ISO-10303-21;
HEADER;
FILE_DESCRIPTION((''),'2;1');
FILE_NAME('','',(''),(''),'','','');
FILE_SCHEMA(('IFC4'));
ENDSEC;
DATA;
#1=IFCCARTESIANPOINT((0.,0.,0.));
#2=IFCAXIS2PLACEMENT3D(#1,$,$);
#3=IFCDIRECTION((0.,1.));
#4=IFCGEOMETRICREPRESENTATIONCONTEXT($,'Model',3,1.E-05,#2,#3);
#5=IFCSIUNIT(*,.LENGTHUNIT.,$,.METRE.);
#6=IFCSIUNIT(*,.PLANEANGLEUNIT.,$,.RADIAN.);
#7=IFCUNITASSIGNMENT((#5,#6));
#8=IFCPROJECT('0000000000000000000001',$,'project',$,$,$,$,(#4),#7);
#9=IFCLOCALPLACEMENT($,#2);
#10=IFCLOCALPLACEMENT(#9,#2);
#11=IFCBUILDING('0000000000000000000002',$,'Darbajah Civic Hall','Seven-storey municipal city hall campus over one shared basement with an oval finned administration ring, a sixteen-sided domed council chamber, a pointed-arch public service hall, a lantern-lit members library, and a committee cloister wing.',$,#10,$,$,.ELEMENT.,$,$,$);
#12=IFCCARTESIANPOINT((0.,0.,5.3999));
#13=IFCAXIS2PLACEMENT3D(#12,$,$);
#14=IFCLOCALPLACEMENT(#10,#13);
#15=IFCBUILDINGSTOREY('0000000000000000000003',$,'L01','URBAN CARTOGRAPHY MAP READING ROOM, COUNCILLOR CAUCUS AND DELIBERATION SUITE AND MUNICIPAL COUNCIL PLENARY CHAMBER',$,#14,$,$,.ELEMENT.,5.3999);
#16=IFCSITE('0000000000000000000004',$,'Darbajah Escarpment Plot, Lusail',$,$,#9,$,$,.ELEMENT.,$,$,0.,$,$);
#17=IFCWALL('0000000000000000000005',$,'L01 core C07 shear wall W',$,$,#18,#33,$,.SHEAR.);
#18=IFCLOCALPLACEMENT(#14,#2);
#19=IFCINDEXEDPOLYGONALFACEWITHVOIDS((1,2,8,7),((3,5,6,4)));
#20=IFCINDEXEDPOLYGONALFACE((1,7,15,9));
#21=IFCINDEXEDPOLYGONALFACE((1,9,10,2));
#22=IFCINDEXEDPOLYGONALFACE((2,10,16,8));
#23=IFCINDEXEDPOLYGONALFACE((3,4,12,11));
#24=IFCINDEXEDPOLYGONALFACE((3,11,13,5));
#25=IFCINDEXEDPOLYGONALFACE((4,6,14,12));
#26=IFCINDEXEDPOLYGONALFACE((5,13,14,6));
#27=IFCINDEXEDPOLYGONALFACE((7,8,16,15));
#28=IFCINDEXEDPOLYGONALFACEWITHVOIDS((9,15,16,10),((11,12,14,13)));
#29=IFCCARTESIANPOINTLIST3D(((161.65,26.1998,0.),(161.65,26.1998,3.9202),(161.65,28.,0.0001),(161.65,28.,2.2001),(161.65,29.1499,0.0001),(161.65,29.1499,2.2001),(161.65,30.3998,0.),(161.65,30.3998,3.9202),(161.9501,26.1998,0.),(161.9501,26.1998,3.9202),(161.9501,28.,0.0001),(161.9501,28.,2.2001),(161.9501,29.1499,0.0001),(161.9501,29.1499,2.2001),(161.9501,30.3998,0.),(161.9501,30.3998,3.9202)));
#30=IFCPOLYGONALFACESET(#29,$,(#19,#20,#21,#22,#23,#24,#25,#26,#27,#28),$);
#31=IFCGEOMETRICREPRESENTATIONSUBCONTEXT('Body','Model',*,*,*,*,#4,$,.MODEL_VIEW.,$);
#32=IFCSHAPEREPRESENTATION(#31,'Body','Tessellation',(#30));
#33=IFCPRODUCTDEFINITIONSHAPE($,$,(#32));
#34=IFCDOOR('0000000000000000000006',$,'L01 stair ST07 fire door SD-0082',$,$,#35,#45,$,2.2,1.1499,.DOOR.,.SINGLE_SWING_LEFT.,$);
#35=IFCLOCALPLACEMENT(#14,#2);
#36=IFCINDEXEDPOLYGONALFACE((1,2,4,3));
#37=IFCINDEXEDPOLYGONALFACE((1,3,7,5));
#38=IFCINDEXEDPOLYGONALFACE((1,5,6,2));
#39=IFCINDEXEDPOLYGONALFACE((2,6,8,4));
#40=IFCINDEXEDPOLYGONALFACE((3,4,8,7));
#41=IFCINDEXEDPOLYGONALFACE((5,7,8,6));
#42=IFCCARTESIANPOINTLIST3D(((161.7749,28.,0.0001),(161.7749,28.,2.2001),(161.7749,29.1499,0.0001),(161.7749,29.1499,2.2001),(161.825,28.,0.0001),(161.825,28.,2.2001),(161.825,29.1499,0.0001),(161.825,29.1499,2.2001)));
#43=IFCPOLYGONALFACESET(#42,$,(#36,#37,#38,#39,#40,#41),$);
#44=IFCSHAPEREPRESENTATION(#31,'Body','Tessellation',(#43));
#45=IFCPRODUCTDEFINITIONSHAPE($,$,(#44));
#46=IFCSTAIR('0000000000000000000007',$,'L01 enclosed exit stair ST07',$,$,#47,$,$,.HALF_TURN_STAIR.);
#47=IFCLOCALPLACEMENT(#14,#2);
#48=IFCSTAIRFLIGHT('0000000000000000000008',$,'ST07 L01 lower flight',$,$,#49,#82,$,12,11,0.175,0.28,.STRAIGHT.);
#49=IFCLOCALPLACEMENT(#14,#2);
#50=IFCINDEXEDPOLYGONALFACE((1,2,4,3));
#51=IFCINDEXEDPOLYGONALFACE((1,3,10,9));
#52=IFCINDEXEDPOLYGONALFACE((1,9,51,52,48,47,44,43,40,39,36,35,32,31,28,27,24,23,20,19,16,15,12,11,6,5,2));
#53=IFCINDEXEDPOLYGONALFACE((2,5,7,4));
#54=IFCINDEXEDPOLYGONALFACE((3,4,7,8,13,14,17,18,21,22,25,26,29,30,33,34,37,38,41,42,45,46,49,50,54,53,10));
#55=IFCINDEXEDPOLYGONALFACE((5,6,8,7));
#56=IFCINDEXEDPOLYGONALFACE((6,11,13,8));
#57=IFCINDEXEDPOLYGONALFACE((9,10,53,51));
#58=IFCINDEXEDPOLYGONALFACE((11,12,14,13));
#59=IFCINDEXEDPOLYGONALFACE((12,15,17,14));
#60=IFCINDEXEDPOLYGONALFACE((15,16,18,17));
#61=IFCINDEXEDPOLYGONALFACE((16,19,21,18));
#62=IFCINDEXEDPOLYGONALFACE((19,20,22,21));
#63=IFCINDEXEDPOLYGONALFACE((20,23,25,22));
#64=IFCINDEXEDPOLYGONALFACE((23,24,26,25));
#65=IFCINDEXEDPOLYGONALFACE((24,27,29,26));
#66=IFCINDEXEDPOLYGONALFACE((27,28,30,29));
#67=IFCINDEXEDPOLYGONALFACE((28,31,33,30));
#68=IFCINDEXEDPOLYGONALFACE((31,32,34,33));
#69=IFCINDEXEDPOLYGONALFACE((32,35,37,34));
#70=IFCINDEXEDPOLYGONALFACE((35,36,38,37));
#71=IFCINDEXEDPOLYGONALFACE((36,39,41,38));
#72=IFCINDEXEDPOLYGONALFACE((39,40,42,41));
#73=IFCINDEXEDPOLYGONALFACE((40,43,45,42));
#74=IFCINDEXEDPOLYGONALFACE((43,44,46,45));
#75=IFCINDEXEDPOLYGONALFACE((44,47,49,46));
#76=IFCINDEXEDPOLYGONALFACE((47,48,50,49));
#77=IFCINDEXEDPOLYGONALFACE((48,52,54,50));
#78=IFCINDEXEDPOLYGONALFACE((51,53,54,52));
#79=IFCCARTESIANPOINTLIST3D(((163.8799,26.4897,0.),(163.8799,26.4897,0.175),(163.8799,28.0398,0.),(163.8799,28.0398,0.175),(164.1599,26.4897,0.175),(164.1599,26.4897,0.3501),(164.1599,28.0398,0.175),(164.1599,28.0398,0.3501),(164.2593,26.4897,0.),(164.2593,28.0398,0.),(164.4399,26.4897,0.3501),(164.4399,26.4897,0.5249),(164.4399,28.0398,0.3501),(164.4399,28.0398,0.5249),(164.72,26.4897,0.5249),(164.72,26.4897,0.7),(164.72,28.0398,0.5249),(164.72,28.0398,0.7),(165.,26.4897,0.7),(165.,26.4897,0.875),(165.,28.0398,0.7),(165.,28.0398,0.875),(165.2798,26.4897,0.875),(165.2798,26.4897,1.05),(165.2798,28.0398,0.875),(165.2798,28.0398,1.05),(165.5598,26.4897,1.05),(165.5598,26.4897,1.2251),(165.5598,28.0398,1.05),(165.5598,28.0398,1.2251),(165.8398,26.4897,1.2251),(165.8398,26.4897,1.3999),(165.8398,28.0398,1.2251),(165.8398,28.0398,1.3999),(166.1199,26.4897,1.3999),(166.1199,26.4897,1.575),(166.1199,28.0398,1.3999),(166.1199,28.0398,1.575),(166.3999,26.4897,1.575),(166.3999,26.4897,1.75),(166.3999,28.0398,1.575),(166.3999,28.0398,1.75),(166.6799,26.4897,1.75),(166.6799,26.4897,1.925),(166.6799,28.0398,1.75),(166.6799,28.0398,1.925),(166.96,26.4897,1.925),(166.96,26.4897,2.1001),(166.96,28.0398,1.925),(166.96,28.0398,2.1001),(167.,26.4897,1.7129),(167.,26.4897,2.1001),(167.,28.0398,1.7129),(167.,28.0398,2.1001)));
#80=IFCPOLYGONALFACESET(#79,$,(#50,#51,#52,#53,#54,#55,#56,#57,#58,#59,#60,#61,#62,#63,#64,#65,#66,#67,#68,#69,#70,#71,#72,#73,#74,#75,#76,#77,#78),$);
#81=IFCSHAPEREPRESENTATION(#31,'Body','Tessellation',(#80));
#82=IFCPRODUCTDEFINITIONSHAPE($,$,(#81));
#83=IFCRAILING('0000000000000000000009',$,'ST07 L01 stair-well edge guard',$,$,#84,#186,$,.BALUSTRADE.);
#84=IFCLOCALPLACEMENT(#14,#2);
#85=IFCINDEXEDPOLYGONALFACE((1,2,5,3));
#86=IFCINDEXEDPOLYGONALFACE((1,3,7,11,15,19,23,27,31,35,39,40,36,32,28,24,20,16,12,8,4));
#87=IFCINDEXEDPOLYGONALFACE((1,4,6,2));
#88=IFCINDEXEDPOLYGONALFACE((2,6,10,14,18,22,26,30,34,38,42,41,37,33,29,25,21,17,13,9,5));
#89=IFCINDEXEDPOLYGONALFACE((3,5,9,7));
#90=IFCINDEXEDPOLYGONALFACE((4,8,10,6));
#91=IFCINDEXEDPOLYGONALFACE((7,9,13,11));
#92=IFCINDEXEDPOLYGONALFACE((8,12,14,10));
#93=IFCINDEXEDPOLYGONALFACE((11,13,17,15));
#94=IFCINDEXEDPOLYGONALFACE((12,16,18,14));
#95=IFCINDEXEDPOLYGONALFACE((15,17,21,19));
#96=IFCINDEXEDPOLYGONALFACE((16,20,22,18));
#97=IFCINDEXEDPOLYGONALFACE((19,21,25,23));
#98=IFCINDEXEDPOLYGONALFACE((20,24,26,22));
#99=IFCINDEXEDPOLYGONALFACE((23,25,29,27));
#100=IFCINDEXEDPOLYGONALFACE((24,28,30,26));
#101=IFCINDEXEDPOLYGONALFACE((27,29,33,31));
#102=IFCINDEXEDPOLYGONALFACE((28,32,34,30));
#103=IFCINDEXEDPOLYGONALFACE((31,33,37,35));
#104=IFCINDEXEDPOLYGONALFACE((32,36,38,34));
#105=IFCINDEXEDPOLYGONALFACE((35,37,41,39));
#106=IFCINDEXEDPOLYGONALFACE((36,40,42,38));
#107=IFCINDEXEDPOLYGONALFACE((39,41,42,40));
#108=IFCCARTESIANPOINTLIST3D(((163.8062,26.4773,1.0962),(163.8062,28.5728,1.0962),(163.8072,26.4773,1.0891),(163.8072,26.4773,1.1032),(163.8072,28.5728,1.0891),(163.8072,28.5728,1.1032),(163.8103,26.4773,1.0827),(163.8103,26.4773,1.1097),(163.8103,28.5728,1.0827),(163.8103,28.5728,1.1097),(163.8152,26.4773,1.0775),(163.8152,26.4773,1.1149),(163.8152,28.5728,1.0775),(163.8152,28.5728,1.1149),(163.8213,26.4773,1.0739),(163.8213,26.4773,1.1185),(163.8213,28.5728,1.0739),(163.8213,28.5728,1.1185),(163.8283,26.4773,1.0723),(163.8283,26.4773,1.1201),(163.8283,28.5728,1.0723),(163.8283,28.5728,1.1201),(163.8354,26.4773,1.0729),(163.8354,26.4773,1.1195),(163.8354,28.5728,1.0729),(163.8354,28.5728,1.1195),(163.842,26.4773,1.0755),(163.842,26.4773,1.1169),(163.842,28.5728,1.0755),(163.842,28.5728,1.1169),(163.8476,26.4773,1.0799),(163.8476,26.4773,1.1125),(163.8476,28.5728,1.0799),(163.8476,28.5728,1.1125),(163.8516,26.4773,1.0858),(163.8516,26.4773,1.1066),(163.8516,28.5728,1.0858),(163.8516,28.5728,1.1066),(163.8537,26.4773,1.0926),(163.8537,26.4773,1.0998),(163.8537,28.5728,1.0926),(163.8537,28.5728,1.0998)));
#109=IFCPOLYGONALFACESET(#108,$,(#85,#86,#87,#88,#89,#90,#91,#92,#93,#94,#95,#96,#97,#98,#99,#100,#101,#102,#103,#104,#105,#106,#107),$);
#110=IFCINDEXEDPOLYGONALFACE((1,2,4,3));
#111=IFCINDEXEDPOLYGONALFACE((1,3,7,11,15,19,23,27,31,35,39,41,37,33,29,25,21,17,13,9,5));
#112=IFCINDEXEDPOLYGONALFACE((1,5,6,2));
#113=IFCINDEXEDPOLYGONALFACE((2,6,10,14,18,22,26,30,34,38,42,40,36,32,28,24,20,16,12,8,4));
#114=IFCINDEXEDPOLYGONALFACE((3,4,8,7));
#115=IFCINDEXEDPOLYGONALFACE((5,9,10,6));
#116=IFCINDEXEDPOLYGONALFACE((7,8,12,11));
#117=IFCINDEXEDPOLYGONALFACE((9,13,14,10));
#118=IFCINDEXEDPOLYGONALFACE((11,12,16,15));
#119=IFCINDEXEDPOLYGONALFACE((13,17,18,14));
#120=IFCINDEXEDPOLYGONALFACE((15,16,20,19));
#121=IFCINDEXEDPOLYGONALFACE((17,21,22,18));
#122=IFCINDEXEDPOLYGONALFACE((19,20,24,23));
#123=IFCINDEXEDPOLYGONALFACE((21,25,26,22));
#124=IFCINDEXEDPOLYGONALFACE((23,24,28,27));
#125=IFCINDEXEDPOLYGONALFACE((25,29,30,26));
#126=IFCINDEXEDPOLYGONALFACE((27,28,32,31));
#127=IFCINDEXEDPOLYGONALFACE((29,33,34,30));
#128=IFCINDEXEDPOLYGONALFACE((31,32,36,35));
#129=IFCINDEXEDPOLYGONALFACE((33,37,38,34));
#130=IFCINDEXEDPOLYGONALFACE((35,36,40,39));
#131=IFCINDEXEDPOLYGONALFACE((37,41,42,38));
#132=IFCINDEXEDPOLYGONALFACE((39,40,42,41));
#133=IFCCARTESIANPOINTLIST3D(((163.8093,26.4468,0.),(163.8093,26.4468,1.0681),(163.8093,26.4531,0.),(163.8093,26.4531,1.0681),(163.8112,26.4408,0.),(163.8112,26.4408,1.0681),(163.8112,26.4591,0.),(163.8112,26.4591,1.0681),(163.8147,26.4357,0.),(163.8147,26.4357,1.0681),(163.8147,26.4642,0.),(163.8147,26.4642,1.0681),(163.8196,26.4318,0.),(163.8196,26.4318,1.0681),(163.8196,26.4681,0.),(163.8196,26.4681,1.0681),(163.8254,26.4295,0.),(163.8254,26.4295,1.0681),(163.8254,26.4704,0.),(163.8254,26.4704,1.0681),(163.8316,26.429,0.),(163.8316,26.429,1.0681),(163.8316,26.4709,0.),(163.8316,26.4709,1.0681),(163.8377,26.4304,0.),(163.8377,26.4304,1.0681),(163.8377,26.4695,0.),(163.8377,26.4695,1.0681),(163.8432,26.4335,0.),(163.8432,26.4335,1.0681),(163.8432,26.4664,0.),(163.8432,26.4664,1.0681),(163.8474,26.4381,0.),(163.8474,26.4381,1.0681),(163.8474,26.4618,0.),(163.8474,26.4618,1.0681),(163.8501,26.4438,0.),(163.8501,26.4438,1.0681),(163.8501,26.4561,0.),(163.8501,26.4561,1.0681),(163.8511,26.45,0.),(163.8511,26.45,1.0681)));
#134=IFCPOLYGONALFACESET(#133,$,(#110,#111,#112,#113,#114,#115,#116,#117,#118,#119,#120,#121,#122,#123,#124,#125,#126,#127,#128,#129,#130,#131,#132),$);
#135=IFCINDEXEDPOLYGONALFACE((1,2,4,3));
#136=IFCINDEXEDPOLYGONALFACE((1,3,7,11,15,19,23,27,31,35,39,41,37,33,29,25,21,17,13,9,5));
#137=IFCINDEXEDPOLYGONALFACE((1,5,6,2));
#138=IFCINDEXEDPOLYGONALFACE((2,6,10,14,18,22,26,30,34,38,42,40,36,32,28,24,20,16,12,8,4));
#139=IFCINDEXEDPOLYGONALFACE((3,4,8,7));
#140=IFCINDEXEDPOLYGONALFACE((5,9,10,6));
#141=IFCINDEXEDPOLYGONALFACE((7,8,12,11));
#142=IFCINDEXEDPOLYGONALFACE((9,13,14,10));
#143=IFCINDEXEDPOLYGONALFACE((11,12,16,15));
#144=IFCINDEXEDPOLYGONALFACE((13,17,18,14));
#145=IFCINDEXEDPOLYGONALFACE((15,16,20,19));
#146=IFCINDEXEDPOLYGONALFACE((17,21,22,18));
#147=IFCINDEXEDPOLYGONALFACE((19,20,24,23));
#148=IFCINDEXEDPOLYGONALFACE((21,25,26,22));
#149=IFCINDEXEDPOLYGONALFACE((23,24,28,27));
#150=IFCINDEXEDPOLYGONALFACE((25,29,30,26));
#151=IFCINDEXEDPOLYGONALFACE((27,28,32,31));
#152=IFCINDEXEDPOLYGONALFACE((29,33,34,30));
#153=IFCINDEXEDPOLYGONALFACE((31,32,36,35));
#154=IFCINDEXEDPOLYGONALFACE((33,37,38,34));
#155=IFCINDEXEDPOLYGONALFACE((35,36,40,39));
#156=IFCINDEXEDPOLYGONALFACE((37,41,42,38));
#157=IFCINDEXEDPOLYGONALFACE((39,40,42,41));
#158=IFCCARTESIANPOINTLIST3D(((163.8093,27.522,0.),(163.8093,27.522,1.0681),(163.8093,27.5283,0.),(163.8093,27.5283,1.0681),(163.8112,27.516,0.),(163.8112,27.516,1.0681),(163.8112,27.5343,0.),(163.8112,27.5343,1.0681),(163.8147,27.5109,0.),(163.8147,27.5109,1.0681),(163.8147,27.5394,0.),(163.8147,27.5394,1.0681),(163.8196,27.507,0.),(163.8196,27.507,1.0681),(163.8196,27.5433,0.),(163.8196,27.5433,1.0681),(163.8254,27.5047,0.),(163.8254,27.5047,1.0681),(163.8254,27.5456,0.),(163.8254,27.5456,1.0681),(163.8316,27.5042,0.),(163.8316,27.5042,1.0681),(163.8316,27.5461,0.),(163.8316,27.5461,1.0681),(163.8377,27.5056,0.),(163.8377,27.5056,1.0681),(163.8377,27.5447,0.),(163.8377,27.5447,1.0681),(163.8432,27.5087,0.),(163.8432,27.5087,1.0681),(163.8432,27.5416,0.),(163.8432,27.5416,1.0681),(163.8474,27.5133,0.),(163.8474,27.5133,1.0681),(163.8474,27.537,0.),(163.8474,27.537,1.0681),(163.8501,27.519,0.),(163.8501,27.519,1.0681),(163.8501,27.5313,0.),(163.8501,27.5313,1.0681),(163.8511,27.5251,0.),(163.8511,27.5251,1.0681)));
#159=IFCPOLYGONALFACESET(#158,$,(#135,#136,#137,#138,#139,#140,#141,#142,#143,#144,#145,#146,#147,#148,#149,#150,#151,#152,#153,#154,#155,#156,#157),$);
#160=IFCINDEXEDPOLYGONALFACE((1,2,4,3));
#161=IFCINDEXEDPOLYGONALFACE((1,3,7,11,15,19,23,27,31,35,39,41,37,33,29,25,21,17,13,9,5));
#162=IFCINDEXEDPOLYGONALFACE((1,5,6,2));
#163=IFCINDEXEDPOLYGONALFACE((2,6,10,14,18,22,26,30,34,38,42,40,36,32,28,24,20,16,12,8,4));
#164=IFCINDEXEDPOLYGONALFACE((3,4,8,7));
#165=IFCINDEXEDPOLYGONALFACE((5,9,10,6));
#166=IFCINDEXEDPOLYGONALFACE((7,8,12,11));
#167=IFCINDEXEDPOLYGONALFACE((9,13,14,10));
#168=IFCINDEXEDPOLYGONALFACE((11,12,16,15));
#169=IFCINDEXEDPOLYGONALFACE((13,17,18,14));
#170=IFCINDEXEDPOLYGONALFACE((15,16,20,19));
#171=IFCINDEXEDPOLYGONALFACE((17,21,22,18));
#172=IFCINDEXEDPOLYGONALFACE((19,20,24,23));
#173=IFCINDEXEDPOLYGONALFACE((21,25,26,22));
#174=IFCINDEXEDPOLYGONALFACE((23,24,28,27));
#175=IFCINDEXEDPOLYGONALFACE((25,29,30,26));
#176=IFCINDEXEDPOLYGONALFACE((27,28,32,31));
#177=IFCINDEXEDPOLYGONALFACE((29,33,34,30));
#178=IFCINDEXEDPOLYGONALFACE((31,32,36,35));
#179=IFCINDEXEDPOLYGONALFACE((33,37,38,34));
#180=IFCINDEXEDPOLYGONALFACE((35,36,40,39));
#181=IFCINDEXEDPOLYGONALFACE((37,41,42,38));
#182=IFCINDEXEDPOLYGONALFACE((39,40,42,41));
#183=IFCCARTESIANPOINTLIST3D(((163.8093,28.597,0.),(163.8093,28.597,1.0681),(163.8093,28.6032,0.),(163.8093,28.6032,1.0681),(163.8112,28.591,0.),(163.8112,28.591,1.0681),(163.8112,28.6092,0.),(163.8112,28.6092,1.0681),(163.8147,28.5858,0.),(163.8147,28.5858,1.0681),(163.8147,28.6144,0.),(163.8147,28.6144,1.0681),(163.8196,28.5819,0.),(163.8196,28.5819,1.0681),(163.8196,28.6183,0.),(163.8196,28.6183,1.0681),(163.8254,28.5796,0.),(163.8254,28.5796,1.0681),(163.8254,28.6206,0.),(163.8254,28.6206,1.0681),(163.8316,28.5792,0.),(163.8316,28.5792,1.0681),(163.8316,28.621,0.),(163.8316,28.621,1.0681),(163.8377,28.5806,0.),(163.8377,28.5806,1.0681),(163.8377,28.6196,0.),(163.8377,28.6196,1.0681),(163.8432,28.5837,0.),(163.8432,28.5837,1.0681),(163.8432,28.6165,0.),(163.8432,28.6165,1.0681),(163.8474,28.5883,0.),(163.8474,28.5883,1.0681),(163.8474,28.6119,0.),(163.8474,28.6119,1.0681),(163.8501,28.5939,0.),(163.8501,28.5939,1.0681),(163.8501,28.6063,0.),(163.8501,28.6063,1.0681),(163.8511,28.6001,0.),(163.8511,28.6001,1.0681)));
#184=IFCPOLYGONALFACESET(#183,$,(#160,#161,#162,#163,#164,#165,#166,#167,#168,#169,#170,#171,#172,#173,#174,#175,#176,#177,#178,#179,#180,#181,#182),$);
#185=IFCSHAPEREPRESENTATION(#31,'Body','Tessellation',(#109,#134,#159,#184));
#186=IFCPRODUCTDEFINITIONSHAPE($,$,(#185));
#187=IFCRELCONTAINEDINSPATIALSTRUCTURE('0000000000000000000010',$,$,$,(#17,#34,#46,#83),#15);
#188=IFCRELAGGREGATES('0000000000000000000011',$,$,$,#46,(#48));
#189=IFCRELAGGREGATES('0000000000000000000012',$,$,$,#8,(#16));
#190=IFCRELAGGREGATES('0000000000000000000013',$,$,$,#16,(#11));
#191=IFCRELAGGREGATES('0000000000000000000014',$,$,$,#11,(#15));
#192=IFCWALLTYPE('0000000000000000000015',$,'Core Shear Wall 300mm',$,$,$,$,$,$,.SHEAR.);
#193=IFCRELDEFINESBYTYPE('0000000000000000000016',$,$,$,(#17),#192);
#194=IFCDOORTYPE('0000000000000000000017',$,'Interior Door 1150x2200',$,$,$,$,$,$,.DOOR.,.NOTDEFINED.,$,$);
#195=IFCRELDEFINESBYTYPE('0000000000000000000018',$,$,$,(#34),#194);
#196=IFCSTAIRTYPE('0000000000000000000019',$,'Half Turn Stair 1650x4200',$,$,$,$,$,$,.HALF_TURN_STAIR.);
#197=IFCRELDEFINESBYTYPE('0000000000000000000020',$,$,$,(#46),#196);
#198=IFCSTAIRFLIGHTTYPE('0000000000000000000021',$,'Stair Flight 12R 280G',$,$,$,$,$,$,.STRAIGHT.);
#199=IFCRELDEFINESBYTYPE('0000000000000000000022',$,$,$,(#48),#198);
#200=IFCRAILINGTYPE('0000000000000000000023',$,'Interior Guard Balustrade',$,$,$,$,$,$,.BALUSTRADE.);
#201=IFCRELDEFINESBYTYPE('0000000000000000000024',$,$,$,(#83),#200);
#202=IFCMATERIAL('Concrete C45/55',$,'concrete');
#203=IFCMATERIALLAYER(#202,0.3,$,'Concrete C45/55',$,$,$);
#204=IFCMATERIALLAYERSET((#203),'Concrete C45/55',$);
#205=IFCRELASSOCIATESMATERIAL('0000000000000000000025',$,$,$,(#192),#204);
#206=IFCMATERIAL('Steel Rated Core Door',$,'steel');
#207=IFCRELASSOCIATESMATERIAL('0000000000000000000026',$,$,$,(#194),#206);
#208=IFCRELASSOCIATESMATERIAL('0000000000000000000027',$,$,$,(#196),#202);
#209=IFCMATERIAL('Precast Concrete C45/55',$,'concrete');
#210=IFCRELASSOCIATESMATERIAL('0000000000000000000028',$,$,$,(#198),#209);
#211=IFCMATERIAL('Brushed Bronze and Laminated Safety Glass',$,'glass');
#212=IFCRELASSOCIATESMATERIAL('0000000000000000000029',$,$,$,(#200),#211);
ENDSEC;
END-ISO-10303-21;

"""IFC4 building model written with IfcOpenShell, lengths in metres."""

from ifc_helpers import new_model, si_unit, direction, frame, frame_2d, origin, origin_2d, place, context, subcontext, project, spatial, polyline, rectangle, circle, outline, extrude, material, layer, layer_set, type_object, element, fill, aggregate, save


model = new_model("IFC4")

# Units and contexts
model_context = context("Model", 3, precision=1e-05, world=origin(), true_north=direction((0.0, 1.0)))
body_context = subcontext(model_context, "Body", "Model", "MODEL_VIEW")
ifc_project = project(units=[si_unit("LENGTHUNIT", "METRE"), si_unit("PLANEANGLEUNIT", "RADIAN")], contexts=[model_context])

# Site, building, storey
site_placement = place(None, origin())
site = spatial("IfcSite", under=ifc_project, at=site_placement, Name="Darbajah Escarpment Plot, Lusail", CompositionType="ELEMENT", RefElevation=0.0)
building_placement = place(site_placement, origin())
building = spatial("IfcBuilding", under=site, at=building_placement, Name="Darbajah Civic Hall", Description="Seven-storey municipal city hall campus over one shared basement with an oval finned administration ring, a sixteen-sided domed council chamber, a pointed-arch public service hall, a lantern-lit members library, and a committee cloister wing.", CompositionType="ELEMENT")
storey_placement = place(building_placement, frame((0.0, 0.0, 5.3999)))
storey = spatial("IfcBuildingStorey", under=building, at=storey_placement, Name="L01", Description="URBAN CARTOGRAPHY MAP READING ROOM, COUNCILLOR CAUCUS AND DELIBERATION SUITE AND MUNICIPAL COUNCIL PLENARY CHAMBER", CompositionType="ELEMENT", Elevation=5.3999)

# Shared definitions
ifc_material_1 = material(Name="Concrete C45/55", Category="concrete")

# Shared definitions
ifc_layer = layer(ifc_material_1, 0.3, Name="Concrete C45/55")
ifc_layer_set = layer_set([ifc_layer], Name="Concrete C45/55")
wall_type = type_object("IfcWallType", Name="Core Shear Wall 300mm", PredefinedType="SHEAR", material=ifc_layer_set)

# Wall, opening, door
wall_1_placement = place(storey_placement, frame((161.8, 30.3999, 0.0), z_axis=(0.0, 0.0, 1.0), x_axis=(0.0, -1.0, 0.0)))
wall_1 = element("IfcWall", 1, at=wall_1_placement, inside=storey, type_object=wall_type, Name="L01 core C07 shear wall W", PredefinedType="SHEAR", context=body_context, shape_type="SweptSolid", body=[
    extrude(rectangle(XDim=4.2, YDim=0.3, at=frame_2d((2.1001, 0.0))), origin(), (0.0, 0.0, 1.0), 3.9202),
])
opening_placement = place(wall_1_placement, frame((1.25, 0.0, 0.0)))
opening = element("IfcOpeningElement", 2, at=opening_placement, cuts=wall_1, PredefinedType="OPENING", context=body_context, shape_type="SweptSolid", body=[
    extrude(rectangle(XDim=1.1499, YDim=2.2, at=frame_2d((0.575, 1.1001))), frame((0.0, 0.1599, 0.0), z_axis=(0.0, -1.0, 0.0), x_axis=(1.0, 0.0, 0.0)), (0.0, 0.0, 1.0), 0.3201),
])
ifc_material_2 = material(Name="Steel Rated Core Door", Category="steel")
door_type = type_object("IfcDoorType", Name="Interior Door 1150x2200", OperationType="NOTDEFINED", PredefinedType="DOOR", material=ifc_material_2)
door_placement = place(opening_placement, origin())
door = element("IfcDoor", 3, at=door_placement, inside=storey, type_object=door_type, Name="L01 stair ST07 fire door SD-0082", OperationType="SINGLE_SWING_LEFT", OverallHeight=2.2, OverallWidth=1.1499, PredefinedType="DOOR", context=body_context, shape_type="SweptSolid", body=[
    extrude(rectangle(XDim=1.1499, YDim=2.2, at=frame_2d((0.575, 1.1001))), frame((0.0, 0.0249, 0.0), z_axis=(0.0, -1.0, 0.0), x_axis=(1.0, 0.0, 0.0)), (0.0, 0.0, 1.0), 0.05),
])
fill(opening, door)

# Stair, stair flight
stair_type = type_object("IfcStairType", Name="Half Turn Stair 1650x4200", PredefinedType="HALF_TURN_STAIR", material=ifc_material_1)
stair_placement = place(storey_placement, origin())
stair = element("IfcStair", 4, at=stair_placement, inside=storey, type_object=stair_type, Name="L01 enclosed exit stair ST07", PredefinedType="HALF_TURN_STAIR")
ifc_material_3 = material(Name="Precast Concrete C45/55", Category="concrete")
stair_flight_type = type_object("IfcStairFlightType", Name="Stair Flight 12R 280G", PredefinedType="STRAIGHT", material=ifc_material_3)
stair_flight_placement = place(storey_placement, frame((163.8799, 27.2649, 0.0), z_axis=(0.0, 0.0, 1.0), x_axis=(1.0, 0.0, 0.0)))
stair_flight = element("IfcStairFlight", 5, at=stair_flight_placement, type_object=stair_flight_type, Name="ST07 L01 lower flight", NumberOfRisers=12, NumberOfTreads=11, PredefinedType="STRAIGHT", RiserHeight=0.175, TreadLength=0.28, context=body_context, shape_type="SweptSolid", body=[
    extrude(outline(polyline([(0.0, 0.0), (0.0, 0.175), (0.28, 0.175), (0.28, 0.3501), (0.5601, 0.3501), (0.5601, 0.5249), (0.8401, 0.5249), (0.8401, 0.7), (1.1201, 0.7), (1.1201, 0.875), (1.3999, 0.875), (1.3999, 1.05), (1.6799, 1.05), (1.6799, 1.2251), (1.96, 1.2251), (1.96, 1.3999), (2.24, 1.3999), (2.24, 1.575), (2.52, 1.575), (2.52, 1.75), (2.8, 1.75), (2.8, 1.925), (3.0801, 1.925), (3.0801, 2.1001), (3.1201, 2.1001), (3.1201, 1.7129), (0.3794, 0.0), (0.0, 0.0)])), frame((0.0, 0.7749, 0.0), z_axis=(0.0, -1.0, 0.0), x_axis=(1.0, 0.0, 0.0)), (0.0, 0.0, 1.0), 1.55),
])
aggregate(stair, [stair_flight])

# Railing
ifc_material_4 = material(Name="Brushed Bronze and Laminated Safety Glass", Category="glass")
railing_type = type_object("IfcRailingType", Name="Interior Guard Balustrade", PredefinedType="BALUSTRADE", material=ifc_material_4)
railing_placement = place(storey_placement, frame((163.8301, 26.45, 0.0)))
element("IfcRailing", 6, at=railing_placement, inside=storey, type_object=railing_type, Name="ST07 L01 stair-well edge guard", PredefinedType="BALUSTRADE", context=body_context, shape_type="SweptSolid", body=[
    extrude(circle(Radius=0.0239, at=origin_2d()), frame((0.0, 0.0273, 1.0962), z_axis=(0.0, 1.0, 0.0), x_axis=(-1.0, 0.0, 0.0)), (0.0, 0.0, 1.0), 2.0955),
    extrude(circle(Radius=0.021, at=origin_2d()), origin(), (0.0, 0.0, 1.0), 1.0681),
    extrude(circle(Radius=0.021, at=origin_2d()), frame((0.0, 1.0752, 0.0)), (0.0, 0.0, 1.0), 1.0681),
    extrude(circle(Radius=0.021, at=origin_2d()), frame((0.0, 2.1501, 0.0)), (0.0, 0.0, 1.0), 1.0681),
])

save(model, "model.ifc")
